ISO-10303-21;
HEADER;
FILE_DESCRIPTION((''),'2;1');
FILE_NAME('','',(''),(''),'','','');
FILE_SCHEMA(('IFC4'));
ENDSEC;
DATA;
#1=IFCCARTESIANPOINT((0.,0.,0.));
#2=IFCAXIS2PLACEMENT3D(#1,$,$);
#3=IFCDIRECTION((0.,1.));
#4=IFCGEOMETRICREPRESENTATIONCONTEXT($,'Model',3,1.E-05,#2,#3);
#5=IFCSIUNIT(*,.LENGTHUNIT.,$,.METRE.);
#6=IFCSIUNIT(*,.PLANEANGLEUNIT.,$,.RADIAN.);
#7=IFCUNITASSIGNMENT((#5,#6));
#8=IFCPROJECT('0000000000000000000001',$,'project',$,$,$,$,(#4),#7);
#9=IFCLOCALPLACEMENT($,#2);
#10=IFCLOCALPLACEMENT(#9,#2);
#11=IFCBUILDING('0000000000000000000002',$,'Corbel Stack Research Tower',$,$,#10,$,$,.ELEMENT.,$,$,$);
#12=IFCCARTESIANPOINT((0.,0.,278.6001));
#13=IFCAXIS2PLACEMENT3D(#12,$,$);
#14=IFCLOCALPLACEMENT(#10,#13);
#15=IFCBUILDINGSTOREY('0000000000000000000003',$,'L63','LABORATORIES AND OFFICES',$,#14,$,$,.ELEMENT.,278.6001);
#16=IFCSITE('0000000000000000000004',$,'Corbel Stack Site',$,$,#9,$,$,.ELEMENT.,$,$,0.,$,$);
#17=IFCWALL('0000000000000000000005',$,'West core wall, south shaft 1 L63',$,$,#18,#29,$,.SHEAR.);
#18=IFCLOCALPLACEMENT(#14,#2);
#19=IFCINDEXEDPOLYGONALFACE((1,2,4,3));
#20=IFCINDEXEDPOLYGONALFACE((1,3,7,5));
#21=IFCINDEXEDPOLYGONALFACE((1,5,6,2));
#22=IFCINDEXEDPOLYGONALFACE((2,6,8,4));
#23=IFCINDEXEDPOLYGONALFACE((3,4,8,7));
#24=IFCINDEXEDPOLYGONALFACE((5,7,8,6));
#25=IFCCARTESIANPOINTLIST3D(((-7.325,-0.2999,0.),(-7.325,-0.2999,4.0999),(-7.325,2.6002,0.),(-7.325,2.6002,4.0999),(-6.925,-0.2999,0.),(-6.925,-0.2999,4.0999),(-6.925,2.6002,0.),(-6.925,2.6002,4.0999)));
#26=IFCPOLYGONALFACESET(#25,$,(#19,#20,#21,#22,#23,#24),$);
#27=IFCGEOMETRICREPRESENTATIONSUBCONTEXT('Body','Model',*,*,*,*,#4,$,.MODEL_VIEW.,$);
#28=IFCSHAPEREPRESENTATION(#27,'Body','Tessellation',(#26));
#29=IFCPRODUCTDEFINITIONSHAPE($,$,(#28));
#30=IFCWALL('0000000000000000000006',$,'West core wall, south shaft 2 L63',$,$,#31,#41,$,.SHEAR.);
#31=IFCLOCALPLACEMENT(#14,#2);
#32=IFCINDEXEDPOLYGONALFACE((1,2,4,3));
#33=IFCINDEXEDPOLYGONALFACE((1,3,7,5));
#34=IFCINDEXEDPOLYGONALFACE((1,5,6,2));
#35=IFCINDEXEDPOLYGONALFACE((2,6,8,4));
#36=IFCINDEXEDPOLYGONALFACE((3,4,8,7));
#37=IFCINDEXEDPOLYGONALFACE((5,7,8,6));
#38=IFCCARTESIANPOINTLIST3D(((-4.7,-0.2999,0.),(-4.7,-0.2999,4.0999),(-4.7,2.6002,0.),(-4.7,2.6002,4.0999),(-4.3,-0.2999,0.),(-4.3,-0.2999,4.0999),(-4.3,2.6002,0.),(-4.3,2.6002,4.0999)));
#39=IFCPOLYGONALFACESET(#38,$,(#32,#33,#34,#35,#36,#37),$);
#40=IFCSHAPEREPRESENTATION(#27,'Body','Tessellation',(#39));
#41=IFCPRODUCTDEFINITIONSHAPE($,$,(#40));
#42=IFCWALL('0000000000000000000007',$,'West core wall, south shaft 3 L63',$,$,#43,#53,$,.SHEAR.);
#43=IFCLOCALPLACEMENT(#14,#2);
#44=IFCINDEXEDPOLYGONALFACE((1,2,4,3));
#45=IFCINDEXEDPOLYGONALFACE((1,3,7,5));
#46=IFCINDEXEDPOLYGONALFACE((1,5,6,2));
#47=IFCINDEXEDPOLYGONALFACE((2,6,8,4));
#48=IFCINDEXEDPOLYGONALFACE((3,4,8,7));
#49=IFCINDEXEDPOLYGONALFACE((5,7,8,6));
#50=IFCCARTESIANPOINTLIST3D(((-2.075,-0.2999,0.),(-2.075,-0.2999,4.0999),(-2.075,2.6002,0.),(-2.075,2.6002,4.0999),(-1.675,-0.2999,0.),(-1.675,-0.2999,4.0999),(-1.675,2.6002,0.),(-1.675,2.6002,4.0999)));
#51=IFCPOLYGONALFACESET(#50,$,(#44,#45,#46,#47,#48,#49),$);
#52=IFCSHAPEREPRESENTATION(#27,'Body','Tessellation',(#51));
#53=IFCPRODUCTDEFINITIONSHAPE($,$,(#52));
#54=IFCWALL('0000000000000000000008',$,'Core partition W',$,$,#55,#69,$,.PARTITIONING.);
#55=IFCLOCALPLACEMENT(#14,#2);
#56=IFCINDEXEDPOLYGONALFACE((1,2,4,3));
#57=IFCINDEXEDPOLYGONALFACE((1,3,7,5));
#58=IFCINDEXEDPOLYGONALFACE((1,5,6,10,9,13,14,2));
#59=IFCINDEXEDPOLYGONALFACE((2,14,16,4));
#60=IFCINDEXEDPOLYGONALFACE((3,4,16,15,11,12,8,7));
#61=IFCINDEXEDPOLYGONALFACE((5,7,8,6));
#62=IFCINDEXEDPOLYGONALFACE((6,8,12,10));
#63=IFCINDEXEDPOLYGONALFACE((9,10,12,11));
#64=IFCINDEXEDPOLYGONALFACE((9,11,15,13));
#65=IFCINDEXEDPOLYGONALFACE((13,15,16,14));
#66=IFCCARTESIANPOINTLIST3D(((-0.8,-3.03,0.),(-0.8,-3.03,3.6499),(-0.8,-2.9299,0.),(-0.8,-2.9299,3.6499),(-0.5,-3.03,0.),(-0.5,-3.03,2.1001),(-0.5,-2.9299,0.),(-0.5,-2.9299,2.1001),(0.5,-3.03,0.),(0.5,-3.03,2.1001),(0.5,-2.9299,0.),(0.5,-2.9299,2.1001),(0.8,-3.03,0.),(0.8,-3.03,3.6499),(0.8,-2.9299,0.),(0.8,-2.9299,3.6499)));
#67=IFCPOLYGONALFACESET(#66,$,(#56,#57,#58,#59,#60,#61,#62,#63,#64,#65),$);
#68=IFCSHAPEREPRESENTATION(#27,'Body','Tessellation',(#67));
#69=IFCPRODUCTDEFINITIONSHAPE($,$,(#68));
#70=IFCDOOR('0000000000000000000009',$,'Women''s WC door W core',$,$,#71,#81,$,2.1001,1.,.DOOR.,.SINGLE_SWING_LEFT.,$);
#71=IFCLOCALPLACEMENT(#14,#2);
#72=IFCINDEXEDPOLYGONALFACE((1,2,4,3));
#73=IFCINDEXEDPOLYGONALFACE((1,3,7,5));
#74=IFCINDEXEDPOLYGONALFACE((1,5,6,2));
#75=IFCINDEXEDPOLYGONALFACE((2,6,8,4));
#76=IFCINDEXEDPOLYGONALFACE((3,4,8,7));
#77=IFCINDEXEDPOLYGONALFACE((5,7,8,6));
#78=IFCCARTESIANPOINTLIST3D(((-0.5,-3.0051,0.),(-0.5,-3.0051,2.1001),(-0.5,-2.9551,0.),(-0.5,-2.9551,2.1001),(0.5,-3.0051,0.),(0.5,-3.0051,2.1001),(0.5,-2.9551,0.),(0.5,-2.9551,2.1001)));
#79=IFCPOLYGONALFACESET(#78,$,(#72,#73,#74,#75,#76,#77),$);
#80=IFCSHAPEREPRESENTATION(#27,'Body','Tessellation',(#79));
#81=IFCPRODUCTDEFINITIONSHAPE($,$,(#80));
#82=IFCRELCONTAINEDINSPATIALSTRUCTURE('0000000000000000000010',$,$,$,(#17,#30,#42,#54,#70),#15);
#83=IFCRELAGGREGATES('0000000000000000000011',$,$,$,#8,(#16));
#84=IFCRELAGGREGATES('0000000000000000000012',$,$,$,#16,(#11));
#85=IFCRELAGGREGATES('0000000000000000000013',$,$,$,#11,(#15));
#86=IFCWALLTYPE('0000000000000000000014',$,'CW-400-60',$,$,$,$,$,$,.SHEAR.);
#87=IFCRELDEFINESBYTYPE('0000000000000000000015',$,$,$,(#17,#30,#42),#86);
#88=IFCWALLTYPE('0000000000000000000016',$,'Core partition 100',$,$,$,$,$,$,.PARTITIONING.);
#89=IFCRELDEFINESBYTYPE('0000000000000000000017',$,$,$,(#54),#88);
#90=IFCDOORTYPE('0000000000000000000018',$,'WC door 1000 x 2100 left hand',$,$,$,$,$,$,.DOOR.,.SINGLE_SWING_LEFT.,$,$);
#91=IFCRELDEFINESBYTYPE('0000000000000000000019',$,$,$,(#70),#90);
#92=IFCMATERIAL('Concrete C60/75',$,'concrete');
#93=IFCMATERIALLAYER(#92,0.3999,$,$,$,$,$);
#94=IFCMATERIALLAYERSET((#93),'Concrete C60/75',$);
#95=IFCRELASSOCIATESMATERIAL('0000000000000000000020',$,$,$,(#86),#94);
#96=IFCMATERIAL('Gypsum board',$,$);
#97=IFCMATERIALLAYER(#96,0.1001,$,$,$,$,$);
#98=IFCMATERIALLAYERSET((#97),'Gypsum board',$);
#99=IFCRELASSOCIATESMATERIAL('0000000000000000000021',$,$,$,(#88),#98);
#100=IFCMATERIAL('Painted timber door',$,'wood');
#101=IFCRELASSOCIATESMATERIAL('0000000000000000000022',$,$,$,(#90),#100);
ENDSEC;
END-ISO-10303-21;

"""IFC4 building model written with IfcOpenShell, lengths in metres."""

from ifc_helpers import new_model, si_unit, direction, frame, frame_2d, origin, place, context, subcontext, project, spatial, rectangle, extrude, material, layer, layer_set, type_object, element, fill, save


model = new_model("IFC4")

# Units and contexts
model_context = context("Model", 3, precision=1e-05, world=origin(), true_north=direction((0.0, 1.0)))
body_context = subcontext(model_context, "Body", "Model", "MODEL_VIEW")
ifc_project = project(units=[si_unit("LENGTHUNIT", "METRE"), si_unit("PLANEANGLEUNIT", "RADIAN")], contexts=[model_context])

# Site, building, storey
site_placement = place(None, origin())
site = spatial("IfcSite", under=ifc_project, at=site_placement, Name="Corbel Stack Site", CompositionType="ELEMENT", RefElevation=0.0)
building_placement = place(site_placement, origin())
building = spatial("IfcBuilding", under=site, at=building_placement, Name="Corbel Stack Research Tower", CompositionType="ELEMENT")
storey_placement = place(building_placement, frame((0.0, 0.0, 278.6001)))
storey = spatial("IfcBuildingStorey", under=building, at=storey_placement, Name="L63", Description="LABORATORIES AND OFFICES", CompositionType="ELEMENT", Elevation=278.6001)

# Walls
ifc_material_1 = material(Name="Concrete C60/75", Category="concrete")
ifc_layer_1 = layer(ifc_material_1, 0.3999)
ifc_layer_set_1 = layer_set([ifc_layer_1], Name="Concrete C60/75")
wall_type_1 = type_object("IfcWallType", Name="CW-400-60", PredefinedType="SHEAR", material=ifc_layer_set_1)
for number, where, z_axis, x_axis, name in (
    (1, (-7.125, -0.3, 0.0), (0.0, 0.0, 1.0), (0.0, 1.0, 0.0), "West core wall, south shaft 1 L63"),
    (2, (-4.5, -0.3, 0.0), (0.0, 0.0, 1.0), (0.0, 1.0, 0.0), "West core wall, south shaft 2 L63"),
    (3, (-1.875, -0.3, 0.0), (0.0, 0.0, 1.0), (0.0, 1.0, 0.0), "West core wall, south shaft 3 L63"),
):
    element("IfcWall", number, at=place(storey_placement, frame(where, z_axis=z_axis, x_axis=x_axis)), inside=storey, type_object=wall_type_1, Name=name, PredefinedType="SHEAR", context=body_context, shape_type="SweptSolid", body=[
        extrude(rectangle(XDim=2.9001, YDim=0.3999, at=frame_2d((1.4502, 0.0))), origin(), (0.0, 0.0, 1.0), 4.0999),
    ])

# Wall, opening, door
ifc_material_2 = material(Name="Gypsum board")
ifc_layer_2 = layer(ifc_material_2, 0.1001)
ifc_layer_set_2 = layer_set([ifc_layer_2], Name="Gypsum board")
wall_type_2 = type_object("IfcWallType", Name="Core partition 100", PredefinedType="PARTITIONING", material=ifc_layer_set_2)
wall_placement = place(storey_placement, frame((-0.8, -2.98, 0.0), z_axis=(0.0, 0.0, 1.0), x_axis=(1.0, 0.0, 0.0)))
wall = element("IfcWall", 4, at=wall_placement, inside=storey, type_object=wall_type_2, Name="Core partition W", PredefinedType="PARTITIONING", context=body_context, shape_type="SweptSolid", body=[
    extrude(rectangle(XDim=1.6001, YDim=0.1001, at=frame_2d((0.8, 0.0))), origin(), (0.0, 0.0, 1.0), 3.6499),
])
opening_placement = place(wall_placement, frame((0.3, 0.0, 0.0)))
opening = element("IfcOpeningElement", 5, at=opening_placement, cuts=wall, PredefinedType="OPENING", context=body_context, shape_type="SweptSolid", body=[
    extrude(rectangle(XDim=1.0, YDim=2.1001, at=frame_2d((0.5, 1.05))), frame((0.0, 0.0601, 0.0), z_axis=(0.0, -1.0, 0.0), x_axis=(1.0, 0.0, 0.0)), (0.0, 0.0, 1.0), 0.1201),
])
ifc_material_3 = material(Name="Painted timber door", Category="wood")
door_type = type_object("IfcDoorType", Name="WC door 1000 x 2100 left hand", OperationType="SINGLE_SWING_LEFT", PredefinedType="DOOR", material=ifc_material_3)
door_placement = place(opening_placement, origin())
door = element("IfcDoor", 6, at=door_placement, inside=storey, type_object=door_type, Name="Women's WC door W core", OperationType="SINGLE_SWING_LEFT", OverallHeight=2.1001, OverallWidth=1.0, PredefinedType="DOOR", context=body_context, shape_type="SweptSolid", body=[
    extrude(rectangle(XDim=1.0, YDim=2.1001, at=frame_2d((0.5, 1.05))), frame((0.0, 0.0249, 0.0), z_axis=(0.0, -1.0, 0.0), x_axis=(1.0, 0.0, 0.0)), (0.0, 0.0, 1.0), 0.05),
])
fill(opening, door)

save(model, "model.ifc")
